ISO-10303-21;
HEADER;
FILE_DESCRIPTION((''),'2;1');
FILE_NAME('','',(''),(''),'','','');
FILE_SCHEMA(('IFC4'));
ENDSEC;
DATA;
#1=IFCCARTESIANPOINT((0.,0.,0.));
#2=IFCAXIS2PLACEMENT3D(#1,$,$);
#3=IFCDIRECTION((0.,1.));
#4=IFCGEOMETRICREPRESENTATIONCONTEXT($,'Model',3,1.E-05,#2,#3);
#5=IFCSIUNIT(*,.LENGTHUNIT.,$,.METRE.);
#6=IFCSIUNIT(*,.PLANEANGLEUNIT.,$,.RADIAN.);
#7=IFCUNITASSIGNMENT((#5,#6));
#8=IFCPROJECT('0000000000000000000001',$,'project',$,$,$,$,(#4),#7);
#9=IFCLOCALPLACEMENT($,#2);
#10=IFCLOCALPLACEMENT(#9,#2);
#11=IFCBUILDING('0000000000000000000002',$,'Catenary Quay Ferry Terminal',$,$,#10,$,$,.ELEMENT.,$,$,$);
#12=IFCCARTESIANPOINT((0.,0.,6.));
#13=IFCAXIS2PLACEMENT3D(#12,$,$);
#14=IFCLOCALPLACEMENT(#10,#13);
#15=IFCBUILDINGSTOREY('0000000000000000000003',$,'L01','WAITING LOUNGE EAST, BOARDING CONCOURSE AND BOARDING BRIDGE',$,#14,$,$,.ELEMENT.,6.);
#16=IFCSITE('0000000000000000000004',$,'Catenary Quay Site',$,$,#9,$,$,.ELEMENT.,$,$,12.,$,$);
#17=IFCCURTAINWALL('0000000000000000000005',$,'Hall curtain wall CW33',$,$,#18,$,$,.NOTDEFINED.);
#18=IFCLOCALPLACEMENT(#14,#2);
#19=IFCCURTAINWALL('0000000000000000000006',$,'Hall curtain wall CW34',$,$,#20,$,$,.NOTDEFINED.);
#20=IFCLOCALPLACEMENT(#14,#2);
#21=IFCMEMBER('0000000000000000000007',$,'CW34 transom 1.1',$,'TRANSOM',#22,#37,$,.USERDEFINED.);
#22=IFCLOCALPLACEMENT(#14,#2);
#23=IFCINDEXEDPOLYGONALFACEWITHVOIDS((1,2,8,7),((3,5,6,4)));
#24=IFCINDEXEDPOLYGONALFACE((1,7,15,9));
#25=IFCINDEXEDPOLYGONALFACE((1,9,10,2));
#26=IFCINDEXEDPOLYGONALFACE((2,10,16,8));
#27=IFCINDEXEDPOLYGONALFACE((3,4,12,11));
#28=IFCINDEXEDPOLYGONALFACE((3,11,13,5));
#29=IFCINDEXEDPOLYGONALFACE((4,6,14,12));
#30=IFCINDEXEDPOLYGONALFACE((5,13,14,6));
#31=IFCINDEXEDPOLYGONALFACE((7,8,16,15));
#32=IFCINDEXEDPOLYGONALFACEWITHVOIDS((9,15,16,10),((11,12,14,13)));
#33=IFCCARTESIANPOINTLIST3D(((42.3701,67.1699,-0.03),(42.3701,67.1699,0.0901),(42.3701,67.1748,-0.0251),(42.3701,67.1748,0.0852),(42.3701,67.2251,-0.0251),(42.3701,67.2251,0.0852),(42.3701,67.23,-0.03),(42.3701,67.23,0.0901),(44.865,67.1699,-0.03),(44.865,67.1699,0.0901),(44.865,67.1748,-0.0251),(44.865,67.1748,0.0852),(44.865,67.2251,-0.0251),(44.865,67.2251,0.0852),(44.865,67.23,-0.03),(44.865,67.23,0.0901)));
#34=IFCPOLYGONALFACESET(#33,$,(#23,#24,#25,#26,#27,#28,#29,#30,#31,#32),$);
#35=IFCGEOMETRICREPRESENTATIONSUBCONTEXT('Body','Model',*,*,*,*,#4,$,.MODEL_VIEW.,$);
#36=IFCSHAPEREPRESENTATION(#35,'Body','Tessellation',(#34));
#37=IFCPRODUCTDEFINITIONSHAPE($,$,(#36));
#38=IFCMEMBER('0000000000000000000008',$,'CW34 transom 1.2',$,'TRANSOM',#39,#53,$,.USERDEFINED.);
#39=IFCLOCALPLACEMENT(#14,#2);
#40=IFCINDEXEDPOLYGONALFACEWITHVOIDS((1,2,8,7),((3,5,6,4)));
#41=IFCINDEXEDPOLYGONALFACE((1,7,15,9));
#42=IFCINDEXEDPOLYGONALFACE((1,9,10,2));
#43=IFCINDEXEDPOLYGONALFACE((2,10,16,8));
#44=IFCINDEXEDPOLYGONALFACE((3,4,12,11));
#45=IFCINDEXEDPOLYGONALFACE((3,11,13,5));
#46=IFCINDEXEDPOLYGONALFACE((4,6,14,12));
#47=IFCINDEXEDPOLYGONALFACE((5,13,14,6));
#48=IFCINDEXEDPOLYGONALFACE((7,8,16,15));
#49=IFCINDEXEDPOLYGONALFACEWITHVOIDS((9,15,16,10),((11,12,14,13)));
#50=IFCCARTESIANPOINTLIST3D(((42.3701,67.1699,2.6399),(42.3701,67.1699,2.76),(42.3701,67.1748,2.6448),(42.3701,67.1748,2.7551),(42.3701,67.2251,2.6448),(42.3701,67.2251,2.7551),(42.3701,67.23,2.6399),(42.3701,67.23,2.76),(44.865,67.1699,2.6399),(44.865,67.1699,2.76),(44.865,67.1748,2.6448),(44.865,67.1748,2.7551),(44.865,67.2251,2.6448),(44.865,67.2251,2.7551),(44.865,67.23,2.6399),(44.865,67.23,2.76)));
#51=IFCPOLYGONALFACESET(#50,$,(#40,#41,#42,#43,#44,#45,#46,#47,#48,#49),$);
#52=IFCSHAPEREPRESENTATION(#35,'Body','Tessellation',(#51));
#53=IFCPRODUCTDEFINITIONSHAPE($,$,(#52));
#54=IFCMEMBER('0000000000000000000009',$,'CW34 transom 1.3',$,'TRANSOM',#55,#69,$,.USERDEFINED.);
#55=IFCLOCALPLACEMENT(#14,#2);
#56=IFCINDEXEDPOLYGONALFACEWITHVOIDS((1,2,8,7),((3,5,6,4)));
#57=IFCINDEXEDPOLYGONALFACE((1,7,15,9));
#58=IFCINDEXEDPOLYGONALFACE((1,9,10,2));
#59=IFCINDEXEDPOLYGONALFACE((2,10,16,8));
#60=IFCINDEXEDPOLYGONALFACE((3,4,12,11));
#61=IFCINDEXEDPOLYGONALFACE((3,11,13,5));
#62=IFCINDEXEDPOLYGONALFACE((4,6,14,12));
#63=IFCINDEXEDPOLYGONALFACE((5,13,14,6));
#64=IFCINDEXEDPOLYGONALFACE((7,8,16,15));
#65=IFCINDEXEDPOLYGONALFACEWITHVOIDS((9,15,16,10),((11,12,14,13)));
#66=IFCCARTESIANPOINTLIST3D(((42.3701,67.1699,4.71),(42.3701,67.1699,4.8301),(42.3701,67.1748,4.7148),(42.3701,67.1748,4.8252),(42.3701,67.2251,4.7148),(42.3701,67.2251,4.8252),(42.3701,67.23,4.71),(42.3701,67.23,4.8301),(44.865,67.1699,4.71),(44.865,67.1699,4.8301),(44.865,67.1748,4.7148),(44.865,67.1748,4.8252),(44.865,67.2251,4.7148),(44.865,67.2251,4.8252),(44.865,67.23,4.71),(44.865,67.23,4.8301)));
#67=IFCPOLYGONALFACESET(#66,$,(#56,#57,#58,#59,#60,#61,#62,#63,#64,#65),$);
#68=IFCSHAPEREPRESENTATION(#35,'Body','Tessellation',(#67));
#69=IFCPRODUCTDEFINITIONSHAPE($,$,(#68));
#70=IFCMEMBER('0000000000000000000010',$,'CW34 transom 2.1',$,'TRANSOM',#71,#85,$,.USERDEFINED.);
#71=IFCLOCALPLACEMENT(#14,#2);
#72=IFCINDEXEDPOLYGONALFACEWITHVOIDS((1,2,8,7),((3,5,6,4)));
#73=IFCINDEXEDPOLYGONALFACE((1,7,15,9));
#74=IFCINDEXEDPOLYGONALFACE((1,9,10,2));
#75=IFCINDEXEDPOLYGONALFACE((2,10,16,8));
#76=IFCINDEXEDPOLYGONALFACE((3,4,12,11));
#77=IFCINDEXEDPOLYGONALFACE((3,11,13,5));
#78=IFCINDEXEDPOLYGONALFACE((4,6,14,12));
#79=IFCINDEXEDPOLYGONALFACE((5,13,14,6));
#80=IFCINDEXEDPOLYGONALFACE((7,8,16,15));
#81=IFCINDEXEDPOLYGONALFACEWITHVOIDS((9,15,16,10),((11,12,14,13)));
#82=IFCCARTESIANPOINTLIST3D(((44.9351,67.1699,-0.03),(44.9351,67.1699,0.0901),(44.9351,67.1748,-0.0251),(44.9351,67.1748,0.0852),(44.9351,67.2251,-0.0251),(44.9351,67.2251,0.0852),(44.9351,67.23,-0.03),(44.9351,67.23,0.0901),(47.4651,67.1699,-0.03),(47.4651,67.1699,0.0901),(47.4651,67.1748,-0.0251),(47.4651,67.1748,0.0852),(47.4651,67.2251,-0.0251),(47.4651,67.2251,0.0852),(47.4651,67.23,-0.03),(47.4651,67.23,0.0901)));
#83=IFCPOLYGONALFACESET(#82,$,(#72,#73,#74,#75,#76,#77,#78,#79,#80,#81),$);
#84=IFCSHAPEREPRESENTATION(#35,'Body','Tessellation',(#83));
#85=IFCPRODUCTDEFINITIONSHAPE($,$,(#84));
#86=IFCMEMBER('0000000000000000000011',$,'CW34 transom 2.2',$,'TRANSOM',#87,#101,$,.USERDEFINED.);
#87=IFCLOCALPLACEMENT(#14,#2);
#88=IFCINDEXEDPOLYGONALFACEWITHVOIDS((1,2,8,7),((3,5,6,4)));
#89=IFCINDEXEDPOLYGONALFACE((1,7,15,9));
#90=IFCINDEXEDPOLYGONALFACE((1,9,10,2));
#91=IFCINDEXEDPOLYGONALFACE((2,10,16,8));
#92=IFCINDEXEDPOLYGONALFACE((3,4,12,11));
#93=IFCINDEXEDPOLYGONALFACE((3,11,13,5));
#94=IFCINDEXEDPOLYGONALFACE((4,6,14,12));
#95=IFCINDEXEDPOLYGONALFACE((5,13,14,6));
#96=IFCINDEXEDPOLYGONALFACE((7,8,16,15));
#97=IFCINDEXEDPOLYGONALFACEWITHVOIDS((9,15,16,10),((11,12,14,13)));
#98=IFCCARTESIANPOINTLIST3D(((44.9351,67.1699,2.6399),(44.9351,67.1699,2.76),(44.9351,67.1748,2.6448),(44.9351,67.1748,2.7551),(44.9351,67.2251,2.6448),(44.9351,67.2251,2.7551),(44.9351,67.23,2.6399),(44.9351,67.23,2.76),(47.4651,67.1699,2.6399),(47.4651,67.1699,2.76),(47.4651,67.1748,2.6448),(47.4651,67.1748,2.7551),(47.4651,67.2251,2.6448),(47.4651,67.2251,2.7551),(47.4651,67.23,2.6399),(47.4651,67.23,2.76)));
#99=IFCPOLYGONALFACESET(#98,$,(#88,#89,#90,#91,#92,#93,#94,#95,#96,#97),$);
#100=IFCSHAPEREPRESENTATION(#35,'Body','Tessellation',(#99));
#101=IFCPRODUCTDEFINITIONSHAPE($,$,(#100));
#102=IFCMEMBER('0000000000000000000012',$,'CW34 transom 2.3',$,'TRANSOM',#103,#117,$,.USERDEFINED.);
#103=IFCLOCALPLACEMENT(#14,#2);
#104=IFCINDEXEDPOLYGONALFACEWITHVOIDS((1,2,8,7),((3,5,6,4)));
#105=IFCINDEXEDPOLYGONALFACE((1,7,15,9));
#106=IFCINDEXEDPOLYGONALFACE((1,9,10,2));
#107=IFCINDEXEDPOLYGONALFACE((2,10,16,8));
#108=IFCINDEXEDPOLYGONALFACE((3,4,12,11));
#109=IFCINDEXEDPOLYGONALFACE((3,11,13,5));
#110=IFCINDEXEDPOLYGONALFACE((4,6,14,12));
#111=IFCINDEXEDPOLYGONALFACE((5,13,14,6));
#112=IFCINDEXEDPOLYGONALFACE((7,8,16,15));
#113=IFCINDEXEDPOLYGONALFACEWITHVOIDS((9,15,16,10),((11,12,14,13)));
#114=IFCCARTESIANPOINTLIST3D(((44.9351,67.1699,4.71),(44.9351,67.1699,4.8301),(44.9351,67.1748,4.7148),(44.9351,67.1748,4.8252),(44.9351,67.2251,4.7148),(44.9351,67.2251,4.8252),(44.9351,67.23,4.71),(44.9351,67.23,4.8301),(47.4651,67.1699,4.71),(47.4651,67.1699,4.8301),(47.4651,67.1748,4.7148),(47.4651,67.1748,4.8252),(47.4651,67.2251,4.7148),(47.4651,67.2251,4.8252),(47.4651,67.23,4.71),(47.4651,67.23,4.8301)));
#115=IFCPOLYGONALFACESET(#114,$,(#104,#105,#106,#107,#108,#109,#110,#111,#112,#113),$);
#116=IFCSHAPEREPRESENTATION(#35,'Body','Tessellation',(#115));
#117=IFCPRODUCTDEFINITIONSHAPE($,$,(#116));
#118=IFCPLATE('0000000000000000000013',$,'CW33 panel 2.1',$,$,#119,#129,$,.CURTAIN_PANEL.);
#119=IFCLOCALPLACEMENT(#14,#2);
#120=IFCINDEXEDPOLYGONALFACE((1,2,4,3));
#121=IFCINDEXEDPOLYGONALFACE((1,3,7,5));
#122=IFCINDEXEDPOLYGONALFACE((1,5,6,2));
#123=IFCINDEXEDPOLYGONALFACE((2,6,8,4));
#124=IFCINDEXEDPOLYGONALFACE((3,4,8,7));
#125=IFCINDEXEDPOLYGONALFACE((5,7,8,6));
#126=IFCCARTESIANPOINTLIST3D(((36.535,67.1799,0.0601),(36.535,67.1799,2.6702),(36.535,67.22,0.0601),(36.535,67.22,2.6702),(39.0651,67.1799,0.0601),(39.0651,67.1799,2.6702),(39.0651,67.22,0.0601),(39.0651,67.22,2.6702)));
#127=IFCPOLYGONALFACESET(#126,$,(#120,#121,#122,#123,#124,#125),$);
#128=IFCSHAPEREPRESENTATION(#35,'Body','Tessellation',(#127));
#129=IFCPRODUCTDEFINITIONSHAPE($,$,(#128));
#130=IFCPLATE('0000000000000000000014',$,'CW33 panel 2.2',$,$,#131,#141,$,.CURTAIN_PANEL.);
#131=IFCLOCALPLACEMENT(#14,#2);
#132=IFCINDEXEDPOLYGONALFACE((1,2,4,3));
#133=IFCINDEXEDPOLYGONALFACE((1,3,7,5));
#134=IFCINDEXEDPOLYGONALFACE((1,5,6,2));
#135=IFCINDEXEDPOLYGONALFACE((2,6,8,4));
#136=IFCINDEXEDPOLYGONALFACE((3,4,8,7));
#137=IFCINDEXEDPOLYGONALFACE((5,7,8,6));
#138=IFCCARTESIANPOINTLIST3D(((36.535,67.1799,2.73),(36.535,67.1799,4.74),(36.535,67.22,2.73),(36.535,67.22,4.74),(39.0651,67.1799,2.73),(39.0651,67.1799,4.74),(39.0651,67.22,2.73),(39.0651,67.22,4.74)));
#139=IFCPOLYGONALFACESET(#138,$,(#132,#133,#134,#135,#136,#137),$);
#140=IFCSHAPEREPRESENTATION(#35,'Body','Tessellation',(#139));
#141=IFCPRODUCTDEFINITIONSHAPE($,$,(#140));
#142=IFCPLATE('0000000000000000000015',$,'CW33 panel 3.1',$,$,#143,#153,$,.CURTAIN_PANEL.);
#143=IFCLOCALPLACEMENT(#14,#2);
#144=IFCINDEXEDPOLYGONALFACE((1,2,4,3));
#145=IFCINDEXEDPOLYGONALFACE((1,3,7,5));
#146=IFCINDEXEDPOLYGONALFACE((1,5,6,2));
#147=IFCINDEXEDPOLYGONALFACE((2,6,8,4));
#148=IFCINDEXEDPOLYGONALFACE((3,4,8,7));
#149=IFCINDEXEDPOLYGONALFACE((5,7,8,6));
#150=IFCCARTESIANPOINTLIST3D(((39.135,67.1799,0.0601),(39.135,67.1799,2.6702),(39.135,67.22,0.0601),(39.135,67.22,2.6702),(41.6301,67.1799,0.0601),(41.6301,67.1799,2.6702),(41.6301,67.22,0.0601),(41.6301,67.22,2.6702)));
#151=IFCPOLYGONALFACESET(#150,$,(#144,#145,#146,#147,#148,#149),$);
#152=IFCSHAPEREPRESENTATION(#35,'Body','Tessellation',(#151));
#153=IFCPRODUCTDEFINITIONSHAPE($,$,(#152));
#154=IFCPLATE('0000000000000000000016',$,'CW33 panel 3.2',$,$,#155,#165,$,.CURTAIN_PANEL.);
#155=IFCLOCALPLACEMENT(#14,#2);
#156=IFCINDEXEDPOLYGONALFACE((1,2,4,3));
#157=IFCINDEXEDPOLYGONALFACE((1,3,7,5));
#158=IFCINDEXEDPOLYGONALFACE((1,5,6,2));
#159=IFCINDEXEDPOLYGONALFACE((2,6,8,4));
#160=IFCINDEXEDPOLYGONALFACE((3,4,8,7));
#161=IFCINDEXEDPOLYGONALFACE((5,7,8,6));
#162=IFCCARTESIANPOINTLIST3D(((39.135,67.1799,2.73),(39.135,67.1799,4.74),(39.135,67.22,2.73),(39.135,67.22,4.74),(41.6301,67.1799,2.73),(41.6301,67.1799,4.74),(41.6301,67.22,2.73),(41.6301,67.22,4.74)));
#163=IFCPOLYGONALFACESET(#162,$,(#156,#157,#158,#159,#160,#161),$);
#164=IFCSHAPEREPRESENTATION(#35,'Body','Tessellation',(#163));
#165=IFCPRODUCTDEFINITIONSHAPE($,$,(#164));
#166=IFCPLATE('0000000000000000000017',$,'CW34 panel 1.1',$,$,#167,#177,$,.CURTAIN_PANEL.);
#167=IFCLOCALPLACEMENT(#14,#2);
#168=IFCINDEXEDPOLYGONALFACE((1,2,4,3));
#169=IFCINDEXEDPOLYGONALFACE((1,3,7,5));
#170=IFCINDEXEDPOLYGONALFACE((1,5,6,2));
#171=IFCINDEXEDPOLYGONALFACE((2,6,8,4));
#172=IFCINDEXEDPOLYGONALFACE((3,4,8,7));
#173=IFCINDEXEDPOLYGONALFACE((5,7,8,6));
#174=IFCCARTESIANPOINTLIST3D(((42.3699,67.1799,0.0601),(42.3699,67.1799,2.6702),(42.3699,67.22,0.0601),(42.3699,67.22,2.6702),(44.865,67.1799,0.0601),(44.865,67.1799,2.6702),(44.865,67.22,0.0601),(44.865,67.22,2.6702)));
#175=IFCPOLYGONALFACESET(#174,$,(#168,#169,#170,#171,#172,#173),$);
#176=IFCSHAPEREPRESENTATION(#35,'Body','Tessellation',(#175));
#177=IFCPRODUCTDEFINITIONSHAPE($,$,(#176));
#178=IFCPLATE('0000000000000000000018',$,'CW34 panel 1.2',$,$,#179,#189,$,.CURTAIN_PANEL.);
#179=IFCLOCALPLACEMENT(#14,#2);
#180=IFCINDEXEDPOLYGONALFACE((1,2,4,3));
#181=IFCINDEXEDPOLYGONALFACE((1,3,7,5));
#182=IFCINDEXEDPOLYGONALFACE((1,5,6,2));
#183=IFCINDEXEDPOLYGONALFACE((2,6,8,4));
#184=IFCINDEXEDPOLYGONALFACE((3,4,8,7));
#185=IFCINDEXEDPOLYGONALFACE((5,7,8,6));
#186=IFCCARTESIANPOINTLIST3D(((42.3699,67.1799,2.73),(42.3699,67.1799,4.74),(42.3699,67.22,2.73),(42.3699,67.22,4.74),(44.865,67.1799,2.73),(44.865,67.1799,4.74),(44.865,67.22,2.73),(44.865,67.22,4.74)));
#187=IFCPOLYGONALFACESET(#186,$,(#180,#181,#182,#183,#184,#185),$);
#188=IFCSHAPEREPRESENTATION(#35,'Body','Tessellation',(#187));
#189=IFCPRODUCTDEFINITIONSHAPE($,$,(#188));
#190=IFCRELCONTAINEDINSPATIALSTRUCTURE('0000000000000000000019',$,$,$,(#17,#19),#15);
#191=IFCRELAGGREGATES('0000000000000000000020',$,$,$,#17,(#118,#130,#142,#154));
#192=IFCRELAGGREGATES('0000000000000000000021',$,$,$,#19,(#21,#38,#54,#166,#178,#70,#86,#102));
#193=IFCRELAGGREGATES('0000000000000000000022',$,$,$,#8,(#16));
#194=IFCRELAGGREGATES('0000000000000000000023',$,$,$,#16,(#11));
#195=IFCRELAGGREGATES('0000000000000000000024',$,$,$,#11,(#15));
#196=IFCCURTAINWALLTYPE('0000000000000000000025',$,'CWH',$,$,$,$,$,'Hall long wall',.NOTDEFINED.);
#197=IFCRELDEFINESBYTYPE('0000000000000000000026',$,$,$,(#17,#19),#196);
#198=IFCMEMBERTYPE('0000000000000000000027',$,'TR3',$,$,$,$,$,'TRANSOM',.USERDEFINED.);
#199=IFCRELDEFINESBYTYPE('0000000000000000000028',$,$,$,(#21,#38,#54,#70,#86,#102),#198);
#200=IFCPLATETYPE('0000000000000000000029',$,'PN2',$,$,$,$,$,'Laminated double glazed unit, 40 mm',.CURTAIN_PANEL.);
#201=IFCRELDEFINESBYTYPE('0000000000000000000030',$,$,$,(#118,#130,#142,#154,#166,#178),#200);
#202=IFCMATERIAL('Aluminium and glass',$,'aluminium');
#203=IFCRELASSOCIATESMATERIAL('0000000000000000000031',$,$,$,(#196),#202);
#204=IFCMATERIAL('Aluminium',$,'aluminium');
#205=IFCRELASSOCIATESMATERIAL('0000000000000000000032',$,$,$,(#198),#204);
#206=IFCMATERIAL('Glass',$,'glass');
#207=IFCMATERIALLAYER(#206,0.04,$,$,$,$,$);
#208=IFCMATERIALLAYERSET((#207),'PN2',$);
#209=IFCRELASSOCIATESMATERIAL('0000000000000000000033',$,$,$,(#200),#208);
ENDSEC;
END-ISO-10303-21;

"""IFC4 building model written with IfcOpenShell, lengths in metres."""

from ifc_helpers import new_model, si_unit, direction, frame, origin, origin_2d, place, context, subcontext, project, spatial, rectangle, hollow_rectangle, extrude, material, layer, layer_set, material_profile, profile_set, type_object, element, aggregate, save


model = new_model("IFC4")

# Units and contexts
model_context = context("Model", 3, precision=1e-05, world=origin(), true_north=direction((0.0, 1.0)))
body_context = subcontext(model_context, "Body", "Model", "MODEL_VIEW")
ifc_project = project(units=[si_unit("LENGTHUNIT", "METRE"), si_unit("PLANEANGLEUNIT", "RADIAN")], contexts=[model_context])

# Site, building, storey
site_placement = place(None, origin())
site = spatial("IfcSite", under=ifc_project, at=site_placement, Name="Catenary Quay Site", CompositionType="ELEMENT", RefElevation=12.0)
building_placement = place(site_placement, origin())
building = spatial("IfcBuilding", under=site, at=building_placement, Name="Catenary Quay Ferry Terminal", CompositionType="ELEMENT")
storey_placement = place(building_placement, frame((0.0, 0.0, 6.0)))
storey = spatial("IfcBuildingStorey", under=building, at=storey_placement, Name="L01", Description="WAITING LOUNGE EAST, BOARDING CONCOURSE AND BOARDING BRIDGE", CompositionType="ELEMENT", Elevation=6.0)

# Curtain walls
ifc_material_1 = material(Name="Aluminium and glass", Category="aluminium")
curtain_wall_type = type_object("IfcCurtainWallType", Name="CWH", ElementType="Hall long wall", PredefinedType="NOTDEFINED", material=ifc_material_1)
curtain_wall_1_placement = place(storey_placement, origin())
curtain_wall_1 = element("IfcCurtainWall", 1, at=curtain_wall_1_placement, inside=storey, type_object=curtain_wall_type, Name="Hall curtain wall CW33", PredefinedType="NOTDEFINED")
curtain_wall_2_placement = place(storey_placement, origin())
curtain_wall_2 = element("IfcCurtainWall", 2, at=curtain_wall_2_placement, inside=storey, type_object=curtain_wall_type, Name="Hall curtain wall CW34", PredefinedType="NOTDEFINED")

# Members
ifc_material_2 = material(Name="Aluminium", Category="aluminium")
ifc_material_profile_1 = material_profile(ifc_material_2, hollow_rectangle(XDim=0.0601, YDim=0.1201, WallThickness=0.0049, at=origin_2d()), Name="TR3")
ifc_profile_set_1 = profile_set([ifc_material_profile_1], Name="Aluminium")
member_type_1 = type_object("IfcMemberType", Name="TR3", ElementType="TRANSOM", PredefinedType="USERDEFINED", material=ifc_profile_set_1)
member_1_placement = place(storey_placement, frame((42.3701, 67.2, 0.03), z_axis=(1.0, 0.0, 0.0), x_axis=(0.0, 1.0, 0.0)))
member_1 = element("IfcMember", 3, at=member_1_placement, type_object=member_type_1, Name="CW34 transom 1.1", ObjectType="TRANSOM", PredefinedType="USERDEFINED", context=body_context, shape_type="SweptSolid", body=[
    extrude(hollow_rectangle(XDim=0.0601, YDim=0.1201, WallThickness=0.0049, at=origin_2d()), origin(), (0.0, 0.0, 1.0), 2.4949),
])
member_2_placement = place(storey_placement, frame((42.3701, 67.2, 2.7), z_axis=(1.0, 0.0, 0.0), x_axis=(0.0, 1.0, 0.0)))
member_2 = element("IfcMember", 4, at=member_2_placement, type_object=member_type_1, Name="CW34 transom 1.2", ObjectType="TRANSOM", PredefinedType="USERDEFINED", context=body_context, shape_type="SweptSolid", body=[
    extrude(hollow_rectangle(XDim=0.0601, YDim=0.1201, WallThickness=0.0049, at=origin_2d()), origin(), (0.0, 0.0, 1.0), 2.4949),
])
member_3_placement = place(storey_placement, frame((42.3701, 67.2, 4.77), z_axis=(1.0, 0.0, 0.0), x_axis=(0.0, 1.0, 0.0)))
member_3 = element("IfcMember", 5, at=member_3_placement, type_object=member_type_1, Name="CW34 transom 1.3", ObjectType="TRANSOM", PredefinedType="USERDEFINED", context=body_context, shape_type="SweptSolid", body=[
    extrude(hollow_rectangle(XDim=0.0601, YDim=0.1201, WallThickness=0.0049, at=origin_2d()), origin(), (0.0, 0.0, 1.0), 2.4949),
])
member_4_placement = place(storey_placement, frame((44.9351, 67.2, 0.03), z_axis=(1.0, 0.0, 0.0), x_axis=(0.0, 1.0, 0.0)))
member_4 = element("IfcMember", 6, at=member_4_placement, type_object=member_type_1, Name="CW34 transom 2.1", ObjectType="TRANSOM", PredefinedType="USERDEFINED", context=body_context, shape_type="SweptSolid", body=[
    extrude(hollow_rectangle(XDim=0.0601, YDim=0.1201, WallThickness=0.0049, at=origin_2d()), origin(), (0.0, 0.0, 1.0), 2.53),
])
member_5_placement = place(storey_placement, frame((44.9351, 67.2, 2.7), z_axis=(1.0, 0.0, 0.0), x_axis=(0.0, 1.0, 0.0)))
member_5 = element("IfcMember", 7, at=member_5_placement, type_object=member_type_1, Name="CW34 transom 2.2", ObjectType="TRANSOM", PredefinedType="USERDEFINED", context=body_context, shape_type="SweptSolid", body=[
    extrude(hollow_rectangle(XDim=0.0601, YDim=0.1201, WallThickness=0.0049, at=origin_2d()), origin(), (0.0, 0.0, 1.0), 2.53),
])
member_6_placement = place(storey_placement, frame((44.9351, 67.2, 4.77), z_axis=(1.0, 0.0, 0.0), x_axis=(0.0, 1.0, 0.0)))
member_6 = element("IfcMember", 8, at=member_6_placement, type_object=member_type_1, Name="CW34 transom 2.3", ObjectType="TRANSOM", PredefinedType="USERDEFINED", context=body_context, shape_type="SweptSolid", body=[
    extrude(hollow_rectangle(XDim=0.0601, YDim=0.1201, WallThickness=0.0049, at=origin_2d()), origin(), (0.0, 0.0, 1.0), 2.53),
])

# Plates
ifc_material_3 = material(Name="Glass", Category="glass")
ifc_layer = layer(ifc_material_3, 0.04)
ifc_layer_set = layer_set([ifc_layer], Name="PN2")
plate_type = type_object("IfcPlateType", Name="PN2", ElementType="Laminated double glazed unit, 40 mm", PredefinedType="CURTAIN_PANEL", material=ifc_layer_set)
plate_1_placement = place(storey_placement, frame((37.8, 67.2, 0.0601), z_axis=(0.0, 0.0, 1.0), x_axis=(1.0, 0.0, 0.0)))
plate_1 = element("IfcPlate", 9, at=plate_1_placement, type_object=plate_type, Name="CW33 panel 2.1", PredefinedType="CURTAIN_PANEL", context=body_context, shape_type="SweptSolid", body=[
    extrude(rectangle(XDim=2.53, YDim=0.04, at=origin_2d()), origin(), (0.0, 0.0, 1.0), 2.6101),
])
plate_2_placement = place(storey_placement, frame((37.8, 67.2, 2.73), z_axis=(0.0, 0.0, 1.0), x_axis=(1.0, 0.0, 0.0)))
plate_2 = element("IfcPlate", 10, at=plate_2_placement, type_object=plate_type, Name="CW33 panel 2.2", PredefinedType="CURTAIN_PANEL", context=body_context, shape_type="SweptSolid", body=[
    extrude(rectangle(XDim=2.53, YDim=0.04, at=origin_2d()), origin(), (0.0, 0.0, 1.0), 2.01),
])
plate_3_placement = place(storey_placement, frame((40.3826, 67.2, 0.0601), z_axis=(0.0, 0.0, 1.0), x_axis=(1.0, 0.0, 0.0)))
plate_3 = element("IfcPlate", 11, at=plate_3_placement, type_object=plate_type, Name="CW33 panel 3.1", PredefinedType="CURTAIN_PANEL", context=body_context, shape_type="SweptSolid", body=[
    extrude(rectangle(XDim=2.4951, YDim=0.04, at=origin_2d()), origin(), (0.0, 0.0, 1.0), 2.6101),
])
plate_4_placement = place(storey_placement, frame((40.3826, 67.2, 2.73), z_axis=(0.0, 0.0, 1.0), x_axis=(1.0, 0.0, 0.0)))
plate_4 = element("IfcPlate", 12, at=plate_4_placement, type_object=plate_type, Name="CW33 panel 3.2", PredefinedType="CURTAIN_PANEL", context=body_context, shape_type="SweptSolid", body=[
    extrude(rectangle(XDim=2.4951, YDim=0.04, at=origin_2d()), origin(), (0.0, 0.0, 1.0), 2.01),
])
aggregate(curtain_wall_1, [plate_1, plate_2, plate_3, plate_4])
plate_5_placement = place(storey_placement, frame((43.6174, 67.2, 0.0601), z_axis=(0.0, 0.0, 1.0), x_axis=(1.0, 0.0, 0.0)))
plate_5 = element("IfcPlate", 13, at=plate_5_placement, type_object=plate_type, Name="CW34 panel 1.1", PredefinedType="CURTAIN_PANEL", context=body_context, shape_type="SweptSolid", body=[
    extrude(rectangle(XDim=2.4951, YDim=0.04, at=origin_2d()), origin(), (0.0, 0.0, 1.0), 2.6101),
])
plate_6_placement = place(storey_placement, frame((43.6174, 67.2, 2.73), z_axis=(0.0, 0.0, 1.0), x_axis=(1.0, 0.0, 0.0)))
plate_6 = element("IfcPlate", 14, at=plate_6_placement, type_object=plate_type, Name="CW34 panel 1.2", PredefinedType="CURTAIN_PANEL", context=body_context, shape_type="SweptSolid", body=[
    extrude(rectangle(XDim=2.4951, YDim=0.04, at=origin_2d()), origin(), (0.0, 0.0, 1.0), 2.01),
])
aggregate(curtain_wall_2, [member_1, member_2, member_3, plate_5, plate_6, member_4, member_5, member_6])

save(model, "model.ifc")
